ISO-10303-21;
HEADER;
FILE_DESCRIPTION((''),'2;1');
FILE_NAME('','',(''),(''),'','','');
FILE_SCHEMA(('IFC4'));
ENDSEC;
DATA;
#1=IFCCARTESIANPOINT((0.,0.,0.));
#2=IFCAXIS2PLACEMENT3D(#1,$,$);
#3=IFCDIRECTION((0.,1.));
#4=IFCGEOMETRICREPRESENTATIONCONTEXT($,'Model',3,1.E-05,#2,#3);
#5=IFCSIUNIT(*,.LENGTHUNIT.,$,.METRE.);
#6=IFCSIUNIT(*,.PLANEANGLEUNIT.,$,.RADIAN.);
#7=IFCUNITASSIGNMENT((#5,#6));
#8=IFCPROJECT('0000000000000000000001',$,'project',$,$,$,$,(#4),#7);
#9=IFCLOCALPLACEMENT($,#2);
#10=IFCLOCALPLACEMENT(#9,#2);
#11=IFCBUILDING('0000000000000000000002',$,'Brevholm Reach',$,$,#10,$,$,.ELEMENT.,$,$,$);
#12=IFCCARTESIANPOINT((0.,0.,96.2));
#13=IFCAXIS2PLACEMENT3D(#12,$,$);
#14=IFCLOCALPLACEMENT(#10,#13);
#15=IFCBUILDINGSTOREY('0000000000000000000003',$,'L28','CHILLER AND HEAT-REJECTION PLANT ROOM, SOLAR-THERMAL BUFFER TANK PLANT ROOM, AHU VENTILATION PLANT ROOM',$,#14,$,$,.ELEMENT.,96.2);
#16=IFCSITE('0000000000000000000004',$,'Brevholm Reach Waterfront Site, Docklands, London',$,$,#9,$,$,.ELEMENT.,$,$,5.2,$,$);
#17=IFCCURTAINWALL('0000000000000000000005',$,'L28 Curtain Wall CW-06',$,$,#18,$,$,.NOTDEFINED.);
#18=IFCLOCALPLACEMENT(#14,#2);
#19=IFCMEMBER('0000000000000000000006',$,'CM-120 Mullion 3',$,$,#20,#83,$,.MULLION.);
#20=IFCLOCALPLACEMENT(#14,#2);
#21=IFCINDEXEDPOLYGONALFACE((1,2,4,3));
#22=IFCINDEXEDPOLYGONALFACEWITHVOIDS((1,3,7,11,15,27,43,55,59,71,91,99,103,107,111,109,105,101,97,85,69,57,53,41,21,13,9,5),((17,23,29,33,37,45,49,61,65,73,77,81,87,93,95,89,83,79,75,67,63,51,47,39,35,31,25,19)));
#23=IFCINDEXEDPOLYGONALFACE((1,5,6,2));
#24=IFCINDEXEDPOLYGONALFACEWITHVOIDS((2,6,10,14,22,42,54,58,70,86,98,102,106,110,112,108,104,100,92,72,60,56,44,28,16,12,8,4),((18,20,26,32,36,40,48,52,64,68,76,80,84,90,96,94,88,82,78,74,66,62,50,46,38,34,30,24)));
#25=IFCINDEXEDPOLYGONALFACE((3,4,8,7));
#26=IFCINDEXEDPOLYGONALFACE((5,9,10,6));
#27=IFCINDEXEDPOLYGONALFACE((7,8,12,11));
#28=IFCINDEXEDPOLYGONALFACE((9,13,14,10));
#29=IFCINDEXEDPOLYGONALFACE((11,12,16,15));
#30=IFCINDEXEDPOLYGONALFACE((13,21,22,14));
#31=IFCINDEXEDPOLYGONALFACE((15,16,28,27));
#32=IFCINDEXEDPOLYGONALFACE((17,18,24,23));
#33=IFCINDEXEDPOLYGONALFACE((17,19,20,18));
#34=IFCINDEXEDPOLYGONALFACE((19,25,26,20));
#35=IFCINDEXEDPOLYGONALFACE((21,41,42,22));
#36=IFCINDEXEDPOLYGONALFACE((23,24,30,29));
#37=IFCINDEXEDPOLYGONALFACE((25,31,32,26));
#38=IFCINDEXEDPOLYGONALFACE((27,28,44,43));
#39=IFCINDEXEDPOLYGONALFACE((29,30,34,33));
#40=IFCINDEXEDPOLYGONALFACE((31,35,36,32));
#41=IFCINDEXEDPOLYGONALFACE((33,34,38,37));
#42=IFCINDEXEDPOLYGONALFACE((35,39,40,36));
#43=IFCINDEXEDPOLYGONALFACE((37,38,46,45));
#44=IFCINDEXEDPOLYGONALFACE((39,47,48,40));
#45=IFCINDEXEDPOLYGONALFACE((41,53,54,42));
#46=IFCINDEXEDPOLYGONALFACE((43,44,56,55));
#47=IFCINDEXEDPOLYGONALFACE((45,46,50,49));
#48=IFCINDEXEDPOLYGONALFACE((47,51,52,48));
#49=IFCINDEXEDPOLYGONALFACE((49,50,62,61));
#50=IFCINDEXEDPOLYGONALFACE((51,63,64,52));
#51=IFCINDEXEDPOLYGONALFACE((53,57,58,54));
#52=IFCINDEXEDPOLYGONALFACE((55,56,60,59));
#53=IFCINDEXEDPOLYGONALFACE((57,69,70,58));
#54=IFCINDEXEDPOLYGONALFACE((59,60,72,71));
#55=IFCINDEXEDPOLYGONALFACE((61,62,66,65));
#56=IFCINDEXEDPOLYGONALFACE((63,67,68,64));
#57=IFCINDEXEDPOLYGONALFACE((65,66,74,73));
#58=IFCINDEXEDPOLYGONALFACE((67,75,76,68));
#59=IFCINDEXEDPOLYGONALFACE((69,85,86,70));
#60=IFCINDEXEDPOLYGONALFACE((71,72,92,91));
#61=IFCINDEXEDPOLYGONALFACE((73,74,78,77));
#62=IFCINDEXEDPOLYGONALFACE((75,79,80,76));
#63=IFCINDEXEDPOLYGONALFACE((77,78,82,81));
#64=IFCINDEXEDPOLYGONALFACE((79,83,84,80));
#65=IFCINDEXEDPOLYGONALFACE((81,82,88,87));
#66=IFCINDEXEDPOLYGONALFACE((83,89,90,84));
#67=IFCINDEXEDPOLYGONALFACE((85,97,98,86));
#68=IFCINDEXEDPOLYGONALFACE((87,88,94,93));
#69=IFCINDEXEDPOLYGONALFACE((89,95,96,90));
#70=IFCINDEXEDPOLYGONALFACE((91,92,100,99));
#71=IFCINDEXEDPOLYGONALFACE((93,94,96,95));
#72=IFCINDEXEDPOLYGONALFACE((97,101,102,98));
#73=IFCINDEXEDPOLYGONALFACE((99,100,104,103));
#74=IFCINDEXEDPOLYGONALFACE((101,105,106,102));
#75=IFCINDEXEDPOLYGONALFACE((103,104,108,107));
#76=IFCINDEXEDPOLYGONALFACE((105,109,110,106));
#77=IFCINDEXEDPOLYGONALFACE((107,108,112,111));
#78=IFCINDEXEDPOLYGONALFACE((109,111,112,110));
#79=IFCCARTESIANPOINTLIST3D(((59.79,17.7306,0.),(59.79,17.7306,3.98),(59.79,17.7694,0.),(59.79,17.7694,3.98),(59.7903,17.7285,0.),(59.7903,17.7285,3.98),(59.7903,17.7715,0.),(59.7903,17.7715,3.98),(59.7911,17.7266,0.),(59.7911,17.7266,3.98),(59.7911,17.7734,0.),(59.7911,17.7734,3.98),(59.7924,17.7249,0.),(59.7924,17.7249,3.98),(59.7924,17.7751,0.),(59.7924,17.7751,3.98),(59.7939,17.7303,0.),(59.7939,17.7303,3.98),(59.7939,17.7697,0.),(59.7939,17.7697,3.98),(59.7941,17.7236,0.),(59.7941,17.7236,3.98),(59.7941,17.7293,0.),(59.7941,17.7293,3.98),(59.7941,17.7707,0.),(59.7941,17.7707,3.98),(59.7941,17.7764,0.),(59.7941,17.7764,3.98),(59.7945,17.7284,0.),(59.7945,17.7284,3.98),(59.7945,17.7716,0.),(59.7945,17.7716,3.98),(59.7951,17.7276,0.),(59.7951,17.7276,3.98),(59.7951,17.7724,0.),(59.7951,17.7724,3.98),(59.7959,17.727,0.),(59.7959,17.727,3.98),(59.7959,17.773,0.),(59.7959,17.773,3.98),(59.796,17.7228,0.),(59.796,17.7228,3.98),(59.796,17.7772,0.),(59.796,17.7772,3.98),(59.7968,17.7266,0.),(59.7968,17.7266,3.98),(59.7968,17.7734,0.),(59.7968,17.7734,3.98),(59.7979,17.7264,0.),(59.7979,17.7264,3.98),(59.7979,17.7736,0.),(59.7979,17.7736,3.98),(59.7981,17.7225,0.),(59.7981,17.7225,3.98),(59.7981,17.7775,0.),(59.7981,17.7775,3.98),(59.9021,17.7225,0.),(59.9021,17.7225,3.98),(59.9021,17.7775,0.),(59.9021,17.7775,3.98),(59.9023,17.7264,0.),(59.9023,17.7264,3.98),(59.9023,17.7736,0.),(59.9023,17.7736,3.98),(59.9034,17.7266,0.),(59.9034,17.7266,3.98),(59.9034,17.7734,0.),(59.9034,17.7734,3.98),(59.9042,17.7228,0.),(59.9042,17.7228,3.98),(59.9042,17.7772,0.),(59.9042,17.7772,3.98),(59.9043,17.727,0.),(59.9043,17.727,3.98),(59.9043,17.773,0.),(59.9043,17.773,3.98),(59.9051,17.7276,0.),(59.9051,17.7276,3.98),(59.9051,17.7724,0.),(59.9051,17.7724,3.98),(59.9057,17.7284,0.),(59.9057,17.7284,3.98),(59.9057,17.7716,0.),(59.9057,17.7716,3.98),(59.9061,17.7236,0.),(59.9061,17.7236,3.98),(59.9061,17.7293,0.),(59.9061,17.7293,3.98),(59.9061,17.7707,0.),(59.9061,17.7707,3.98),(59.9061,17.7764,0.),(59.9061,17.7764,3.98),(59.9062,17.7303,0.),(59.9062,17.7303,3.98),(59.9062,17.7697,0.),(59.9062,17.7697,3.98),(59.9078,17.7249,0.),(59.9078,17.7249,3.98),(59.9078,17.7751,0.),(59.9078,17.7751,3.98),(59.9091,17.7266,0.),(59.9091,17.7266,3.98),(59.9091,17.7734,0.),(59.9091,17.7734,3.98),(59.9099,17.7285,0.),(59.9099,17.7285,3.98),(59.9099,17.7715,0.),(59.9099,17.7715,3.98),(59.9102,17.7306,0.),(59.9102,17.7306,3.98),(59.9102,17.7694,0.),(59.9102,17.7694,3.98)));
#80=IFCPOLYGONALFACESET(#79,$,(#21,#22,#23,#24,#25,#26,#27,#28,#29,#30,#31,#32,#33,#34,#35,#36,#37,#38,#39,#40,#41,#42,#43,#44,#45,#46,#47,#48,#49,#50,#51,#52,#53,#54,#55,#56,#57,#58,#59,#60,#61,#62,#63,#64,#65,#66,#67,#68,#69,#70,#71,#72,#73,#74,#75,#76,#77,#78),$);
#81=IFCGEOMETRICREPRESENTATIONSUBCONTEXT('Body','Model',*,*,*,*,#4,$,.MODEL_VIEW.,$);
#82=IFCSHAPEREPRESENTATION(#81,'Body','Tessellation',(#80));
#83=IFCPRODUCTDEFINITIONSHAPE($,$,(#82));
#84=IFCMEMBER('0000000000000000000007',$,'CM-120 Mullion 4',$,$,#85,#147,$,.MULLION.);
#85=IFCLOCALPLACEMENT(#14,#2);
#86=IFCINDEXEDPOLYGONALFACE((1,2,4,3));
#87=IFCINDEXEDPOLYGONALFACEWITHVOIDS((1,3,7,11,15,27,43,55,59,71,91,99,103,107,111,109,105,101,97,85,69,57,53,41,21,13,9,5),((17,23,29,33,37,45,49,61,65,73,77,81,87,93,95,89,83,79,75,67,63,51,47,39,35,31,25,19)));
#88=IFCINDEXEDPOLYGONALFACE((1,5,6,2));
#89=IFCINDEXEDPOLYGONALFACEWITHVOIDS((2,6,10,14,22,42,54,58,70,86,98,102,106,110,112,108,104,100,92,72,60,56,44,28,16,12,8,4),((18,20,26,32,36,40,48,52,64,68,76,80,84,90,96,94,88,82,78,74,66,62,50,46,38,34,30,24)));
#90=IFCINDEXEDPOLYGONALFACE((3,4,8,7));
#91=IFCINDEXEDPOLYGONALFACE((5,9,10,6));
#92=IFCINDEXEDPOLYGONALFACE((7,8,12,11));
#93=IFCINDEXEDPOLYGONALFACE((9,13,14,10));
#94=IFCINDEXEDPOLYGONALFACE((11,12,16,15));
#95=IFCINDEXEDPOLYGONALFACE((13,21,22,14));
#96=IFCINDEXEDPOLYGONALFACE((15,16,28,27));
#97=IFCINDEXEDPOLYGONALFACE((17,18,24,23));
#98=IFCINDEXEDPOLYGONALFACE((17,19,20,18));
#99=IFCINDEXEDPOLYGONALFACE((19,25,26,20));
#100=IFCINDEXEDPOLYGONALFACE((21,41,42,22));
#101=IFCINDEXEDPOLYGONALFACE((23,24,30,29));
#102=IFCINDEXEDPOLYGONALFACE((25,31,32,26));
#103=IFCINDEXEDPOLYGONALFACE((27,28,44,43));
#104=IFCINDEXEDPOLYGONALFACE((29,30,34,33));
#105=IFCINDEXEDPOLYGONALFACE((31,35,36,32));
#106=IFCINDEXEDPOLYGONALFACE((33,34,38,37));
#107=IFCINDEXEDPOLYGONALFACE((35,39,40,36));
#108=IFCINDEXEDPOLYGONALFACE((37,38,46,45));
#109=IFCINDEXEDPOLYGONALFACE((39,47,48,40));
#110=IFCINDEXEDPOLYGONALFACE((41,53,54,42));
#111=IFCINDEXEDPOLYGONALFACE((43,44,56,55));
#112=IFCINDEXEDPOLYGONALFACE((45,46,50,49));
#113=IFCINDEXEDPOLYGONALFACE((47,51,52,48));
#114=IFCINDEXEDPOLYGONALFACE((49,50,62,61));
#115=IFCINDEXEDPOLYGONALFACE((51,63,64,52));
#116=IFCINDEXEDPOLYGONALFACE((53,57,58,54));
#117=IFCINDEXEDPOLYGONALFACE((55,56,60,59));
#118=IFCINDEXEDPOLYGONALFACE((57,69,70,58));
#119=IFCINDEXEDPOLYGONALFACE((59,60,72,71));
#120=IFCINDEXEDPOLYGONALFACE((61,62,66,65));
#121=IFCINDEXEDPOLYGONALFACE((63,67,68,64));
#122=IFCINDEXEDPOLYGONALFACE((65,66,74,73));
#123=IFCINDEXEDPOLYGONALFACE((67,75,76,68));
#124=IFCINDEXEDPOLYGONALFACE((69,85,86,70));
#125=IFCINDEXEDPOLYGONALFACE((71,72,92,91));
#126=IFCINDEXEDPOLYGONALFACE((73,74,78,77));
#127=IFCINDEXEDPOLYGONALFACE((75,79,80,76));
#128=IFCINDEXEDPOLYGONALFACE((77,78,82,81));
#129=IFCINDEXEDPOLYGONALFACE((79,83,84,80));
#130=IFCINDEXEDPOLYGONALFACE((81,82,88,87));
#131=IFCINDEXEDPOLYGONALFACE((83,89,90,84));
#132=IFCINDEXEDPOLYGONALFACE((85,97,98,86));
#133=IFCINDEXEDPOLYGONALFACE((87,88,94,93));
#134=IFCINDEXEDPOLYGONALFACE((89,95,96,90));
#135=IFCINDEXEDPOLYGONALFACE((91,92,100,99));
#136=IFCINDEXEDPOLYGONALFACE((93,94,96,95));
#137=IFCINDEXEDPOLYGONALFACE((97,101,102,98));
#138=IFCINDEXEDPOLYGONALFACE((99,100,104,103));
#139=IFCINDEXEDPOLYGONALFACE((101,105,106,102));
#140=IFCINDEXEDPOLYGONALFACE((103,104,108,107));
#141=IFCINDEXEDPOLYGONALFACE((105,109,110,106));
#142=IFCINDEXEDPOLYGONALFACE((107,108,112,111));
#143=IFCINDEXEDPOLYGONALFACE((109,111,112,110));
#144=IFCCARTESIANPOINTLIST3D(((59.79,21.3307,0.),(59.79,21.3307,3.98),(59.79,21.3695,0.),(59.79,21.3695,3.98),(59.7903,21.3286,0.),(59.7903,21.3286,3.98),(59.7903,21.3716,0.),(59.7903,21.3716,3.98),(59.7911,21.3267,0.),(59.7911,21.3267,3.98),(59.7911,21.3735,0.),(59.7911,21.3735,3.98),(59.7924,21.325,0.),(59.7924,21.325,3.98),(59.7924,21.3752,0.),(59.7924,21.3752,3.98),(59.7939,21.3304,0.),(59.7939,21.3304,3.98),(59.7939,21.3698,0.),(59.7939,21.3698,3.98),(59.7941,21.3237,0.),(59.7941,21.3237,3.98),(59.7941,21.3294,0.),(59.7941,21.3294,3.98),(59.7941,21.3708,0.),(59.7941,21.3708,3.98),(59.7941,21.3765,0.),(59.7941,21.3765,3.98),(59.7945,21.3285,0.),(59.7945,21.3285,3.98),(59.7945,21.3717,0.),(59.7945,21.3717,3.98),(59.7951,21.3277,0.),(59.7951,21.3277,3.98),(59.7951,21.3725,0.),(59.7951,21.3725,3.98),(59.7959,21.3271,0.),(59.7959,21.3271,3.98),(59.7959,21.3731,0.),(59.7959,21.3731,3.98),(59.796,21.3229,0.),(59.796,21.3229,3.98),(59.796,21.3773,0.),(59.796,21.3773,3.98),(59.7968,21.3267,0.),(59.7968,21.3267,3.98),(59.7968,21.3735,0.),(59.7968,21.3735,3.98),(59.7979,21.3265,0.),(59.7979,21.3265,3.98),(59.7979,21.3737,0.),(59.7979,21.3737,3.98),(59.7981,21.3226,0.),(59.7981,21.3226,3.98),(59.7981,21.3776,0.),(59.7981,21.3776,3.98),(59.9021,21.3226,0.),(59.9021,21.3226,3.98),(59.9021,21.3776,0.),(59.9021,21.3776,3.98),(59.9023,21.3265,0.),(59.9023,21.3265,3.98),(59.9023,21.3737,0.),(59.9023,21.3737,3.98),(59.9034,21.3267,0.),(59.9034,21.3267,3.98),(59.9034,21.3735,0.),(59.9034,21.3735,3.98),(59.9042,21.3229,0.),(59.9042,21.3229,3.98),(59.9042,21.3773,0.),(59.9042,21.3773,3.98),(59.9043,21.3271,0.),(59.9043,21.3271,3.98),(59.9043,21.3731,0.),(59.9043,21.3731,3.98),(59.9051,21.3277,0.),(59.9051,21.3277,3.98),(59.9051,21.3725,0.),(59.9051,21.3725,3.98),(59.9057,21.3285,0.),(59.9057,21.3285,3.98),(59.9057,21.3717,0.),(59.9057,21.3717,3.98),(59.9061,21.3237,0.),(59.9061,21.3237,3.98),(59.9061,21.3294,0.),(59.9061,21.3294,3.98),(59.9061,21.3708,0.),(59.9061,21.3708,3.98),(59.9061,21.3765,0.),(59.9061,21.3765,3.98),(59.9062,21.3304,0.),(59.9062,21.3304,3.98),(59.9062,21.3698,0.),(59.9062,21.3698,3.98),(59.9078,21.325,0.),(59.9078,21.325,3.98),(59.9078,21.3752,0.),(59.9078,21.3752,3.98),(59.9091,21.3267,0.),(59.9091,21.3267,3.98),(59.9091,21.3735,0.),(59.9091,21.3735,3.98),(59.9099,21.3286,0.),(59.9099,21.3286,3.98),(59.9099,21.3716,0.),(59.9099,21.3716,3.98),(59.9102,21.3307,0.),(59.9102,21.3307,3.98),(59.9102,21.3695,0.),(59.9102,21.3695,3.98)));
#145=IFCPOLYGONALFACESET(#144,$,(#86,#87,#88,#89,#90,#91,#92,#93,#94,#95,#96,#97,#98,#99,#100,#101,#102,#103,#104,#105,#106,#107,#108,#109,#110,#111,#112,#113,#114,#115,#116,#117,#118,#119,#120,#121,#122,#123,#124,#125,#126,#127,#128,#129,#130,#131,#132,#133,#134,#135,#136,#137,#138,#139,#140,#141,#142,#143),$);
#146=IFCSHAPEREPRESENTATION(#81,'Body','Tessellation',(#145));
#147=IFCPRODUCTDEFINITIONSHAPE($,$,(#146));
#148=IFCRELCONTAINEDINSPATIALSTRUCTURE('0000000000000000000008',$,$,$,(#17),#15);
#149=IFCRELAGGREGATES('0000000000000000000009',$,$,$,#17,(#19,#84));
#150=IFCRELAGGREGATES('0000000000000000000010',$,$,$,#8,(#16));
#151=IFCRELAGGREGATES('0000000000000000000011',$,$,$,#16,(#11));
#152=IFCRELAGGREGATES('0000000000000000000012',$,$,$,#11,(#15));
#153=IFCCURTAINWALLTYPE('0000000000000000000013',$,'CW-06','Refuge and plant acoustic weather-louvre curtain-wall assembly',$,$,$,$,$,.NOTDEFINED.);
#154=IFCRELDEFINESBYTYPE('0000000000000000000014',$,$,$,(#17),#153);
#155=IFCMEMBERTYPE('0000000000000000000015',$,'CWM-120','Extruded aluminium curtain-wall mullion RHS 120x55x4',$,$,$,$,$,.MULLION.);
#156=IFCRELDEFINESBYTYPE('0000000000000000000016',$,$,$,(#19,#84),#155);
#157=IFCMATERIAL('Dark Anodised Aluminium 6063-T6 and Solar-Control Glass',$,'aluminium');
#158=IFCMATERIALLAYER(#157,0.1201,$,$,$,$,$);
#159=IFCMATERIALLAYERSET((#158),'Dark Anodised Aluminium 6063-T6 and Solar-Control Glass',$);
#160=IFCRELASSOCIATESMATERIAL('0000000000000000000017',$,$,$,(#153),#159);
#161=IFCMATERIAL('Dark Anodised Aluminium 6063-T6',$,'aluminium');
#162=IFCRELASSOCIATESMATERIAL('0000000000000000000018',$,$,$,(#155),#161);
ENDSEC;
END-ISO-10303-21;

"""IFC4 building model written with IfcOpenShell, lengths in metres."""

from ifc_helpers import new_model, si_unit, direction, frame, origin, origin_2d, place, context, subcontext, project, spatial, hollow_rectangle, extrude, material, layer, layer_set, material_profile, profile_set, type_object, element, aggregate, save


model = new_model("IFC4")

# Units and contexts
model_context = context("Model", 3, precision=1e-05, world=origin(), true_north=direction((0.0, 1.0)))
body_context = subcontext(model_context, "Body", "Model", "MODEL_VIEW")
ifc_project = project(units=[si_unit("LENGTHUNIT", "METRE"), si_unit("PLANEANGLEUNIT", "RADIAN")], contexts=[model_context])

# Site, building, storey
site_placement = place(None, origin())
site = spatial("IfcSite", under=ifc_project, at=site_placement, Name="Brevholm Reach Waterfront Site, Docklands, London", CompositionType="ELEMENT", RefElevation=5.2)
building_placement = place(site_placement, origin())
building = spatial("IfcBuilding", under=site, at=building_placement, Name="Brevholm Reach", CompositionType="ELEMENT")
storey_placement = place(building_placement, frame((0.0, 0.0, 96.2)))
storey = spatial("IfcBuildingStorey", under=building, at=storey_placement, Name="L28", Description="CHILLER AND HEAT-REJECTION PLANT ROOM, SOLAR-THERMAL BUFFER TANK PLANT ROOM, AHU VENTILATION PLANT ROOM", CompositionType="ELEMENT", Elevation=96.2)

# Curtain wall, members
ifc_material_1 = material(Name="Dark Anodised Aluminium 6063-T6 and Solar-Control Glass", Category="aluminium")
ifc_layer_1 = layer(ifc_material_1, 0.1201)
ifc_layer_set_1 = layer_set([ifc_layer_1], Name="Dark Anodised Aluminium 6063-T6 and Solar-Control Glass")
curtain_wall_type = type_object("IfcCurtainWallType", Name="CW-06", Description="Refuge and plant acoustic weather-louvre curtain-wall assembly", PredefinedType="NOTDEFINED", material=ifc_layer_set_1)
curtain_wall_placement = place(storey_placement, origin())
curtain_wall = element("IfcCurtainWall", 1, at=curtain_wall_placement, inside=storey, type_object=curtain_wall_type, Name="L28 Curtain Wall CW-06", PredefinedType="NOTDEFINED")
ifc_material_2 = material(Name="Dark Anodised Aluminium 6063-T6", Category="aluminium")
ifc_material_profile_1 = material_profile(ifc_material_2, hollow_rectangle(XDim=0.0549, YDim=0.1201, WallThickness=0.0039, InnerFilletRadius=0.0039, OuterFilletRadius=0.0081, at=origin_2d()), Name="RHS 120x55x4")
ifc_profile_set_1 = profile_set([ifc_material_profile_1], Name="Dark Anodised Aluminium 6063-T6")
member_type_1 = type_object("IfcMemberType", Name="CWM-120", Description="Extruded aluminium curtain-wall mullion RHS 120x55x4", PredefinedType="MULLION", material=ifc_profile_set_1)
member_1_placement = place(storey_placement, frame((59.8501, 17.75, 0.0), z_axis=(0.0, 0.0, 1.0), x_axis=(0.0, 1.0, 0.0)))
member_1 = element("IfcMember", 2, at=member_1_placement, type_object=member_type_1, Name="CM-120 Mullion 3", PredefinedType="MULLION", context=body_context, shape_type="SweptSolid", body=[
    extrude(hollow_rectangle(XDim=0.0549, YDim=0.1201, WallThickness=0.0039, InnerFilletRadius=0.0039, OuterFilletRadius=0.0081, at=origin_2d()), origin(), (0.0, 0.0, 1.0), 3.98),
])
member_2_placement = place(storey_placement, frame((59.8501, 21.3501, 0.0), z_axis=(0.0, 0.0, 1.0), x_axis=(0.0, 1.0, 0.0)))
member_2 = element("IfcMember", 3, at=member_2_placement, type_object=member_type_1, Name="CM-120 Mullion 4", PredefinedType="MULLION", context=body_context, shape_type="SweptSolid", body=[
    extrude(hollow_rectangle(XDim=0.0549, YDim=0.1201, WallThickness=0.0039, InnerFilletRadius=0.0039, OuterFilletRadius=0.0081, at=origin_2d()), origin(), (0.0, 0.0, 1.0), 3.98),
])

aggregate(curtain_wall, [member_1, member_2])

save(model, "model.ifc")
